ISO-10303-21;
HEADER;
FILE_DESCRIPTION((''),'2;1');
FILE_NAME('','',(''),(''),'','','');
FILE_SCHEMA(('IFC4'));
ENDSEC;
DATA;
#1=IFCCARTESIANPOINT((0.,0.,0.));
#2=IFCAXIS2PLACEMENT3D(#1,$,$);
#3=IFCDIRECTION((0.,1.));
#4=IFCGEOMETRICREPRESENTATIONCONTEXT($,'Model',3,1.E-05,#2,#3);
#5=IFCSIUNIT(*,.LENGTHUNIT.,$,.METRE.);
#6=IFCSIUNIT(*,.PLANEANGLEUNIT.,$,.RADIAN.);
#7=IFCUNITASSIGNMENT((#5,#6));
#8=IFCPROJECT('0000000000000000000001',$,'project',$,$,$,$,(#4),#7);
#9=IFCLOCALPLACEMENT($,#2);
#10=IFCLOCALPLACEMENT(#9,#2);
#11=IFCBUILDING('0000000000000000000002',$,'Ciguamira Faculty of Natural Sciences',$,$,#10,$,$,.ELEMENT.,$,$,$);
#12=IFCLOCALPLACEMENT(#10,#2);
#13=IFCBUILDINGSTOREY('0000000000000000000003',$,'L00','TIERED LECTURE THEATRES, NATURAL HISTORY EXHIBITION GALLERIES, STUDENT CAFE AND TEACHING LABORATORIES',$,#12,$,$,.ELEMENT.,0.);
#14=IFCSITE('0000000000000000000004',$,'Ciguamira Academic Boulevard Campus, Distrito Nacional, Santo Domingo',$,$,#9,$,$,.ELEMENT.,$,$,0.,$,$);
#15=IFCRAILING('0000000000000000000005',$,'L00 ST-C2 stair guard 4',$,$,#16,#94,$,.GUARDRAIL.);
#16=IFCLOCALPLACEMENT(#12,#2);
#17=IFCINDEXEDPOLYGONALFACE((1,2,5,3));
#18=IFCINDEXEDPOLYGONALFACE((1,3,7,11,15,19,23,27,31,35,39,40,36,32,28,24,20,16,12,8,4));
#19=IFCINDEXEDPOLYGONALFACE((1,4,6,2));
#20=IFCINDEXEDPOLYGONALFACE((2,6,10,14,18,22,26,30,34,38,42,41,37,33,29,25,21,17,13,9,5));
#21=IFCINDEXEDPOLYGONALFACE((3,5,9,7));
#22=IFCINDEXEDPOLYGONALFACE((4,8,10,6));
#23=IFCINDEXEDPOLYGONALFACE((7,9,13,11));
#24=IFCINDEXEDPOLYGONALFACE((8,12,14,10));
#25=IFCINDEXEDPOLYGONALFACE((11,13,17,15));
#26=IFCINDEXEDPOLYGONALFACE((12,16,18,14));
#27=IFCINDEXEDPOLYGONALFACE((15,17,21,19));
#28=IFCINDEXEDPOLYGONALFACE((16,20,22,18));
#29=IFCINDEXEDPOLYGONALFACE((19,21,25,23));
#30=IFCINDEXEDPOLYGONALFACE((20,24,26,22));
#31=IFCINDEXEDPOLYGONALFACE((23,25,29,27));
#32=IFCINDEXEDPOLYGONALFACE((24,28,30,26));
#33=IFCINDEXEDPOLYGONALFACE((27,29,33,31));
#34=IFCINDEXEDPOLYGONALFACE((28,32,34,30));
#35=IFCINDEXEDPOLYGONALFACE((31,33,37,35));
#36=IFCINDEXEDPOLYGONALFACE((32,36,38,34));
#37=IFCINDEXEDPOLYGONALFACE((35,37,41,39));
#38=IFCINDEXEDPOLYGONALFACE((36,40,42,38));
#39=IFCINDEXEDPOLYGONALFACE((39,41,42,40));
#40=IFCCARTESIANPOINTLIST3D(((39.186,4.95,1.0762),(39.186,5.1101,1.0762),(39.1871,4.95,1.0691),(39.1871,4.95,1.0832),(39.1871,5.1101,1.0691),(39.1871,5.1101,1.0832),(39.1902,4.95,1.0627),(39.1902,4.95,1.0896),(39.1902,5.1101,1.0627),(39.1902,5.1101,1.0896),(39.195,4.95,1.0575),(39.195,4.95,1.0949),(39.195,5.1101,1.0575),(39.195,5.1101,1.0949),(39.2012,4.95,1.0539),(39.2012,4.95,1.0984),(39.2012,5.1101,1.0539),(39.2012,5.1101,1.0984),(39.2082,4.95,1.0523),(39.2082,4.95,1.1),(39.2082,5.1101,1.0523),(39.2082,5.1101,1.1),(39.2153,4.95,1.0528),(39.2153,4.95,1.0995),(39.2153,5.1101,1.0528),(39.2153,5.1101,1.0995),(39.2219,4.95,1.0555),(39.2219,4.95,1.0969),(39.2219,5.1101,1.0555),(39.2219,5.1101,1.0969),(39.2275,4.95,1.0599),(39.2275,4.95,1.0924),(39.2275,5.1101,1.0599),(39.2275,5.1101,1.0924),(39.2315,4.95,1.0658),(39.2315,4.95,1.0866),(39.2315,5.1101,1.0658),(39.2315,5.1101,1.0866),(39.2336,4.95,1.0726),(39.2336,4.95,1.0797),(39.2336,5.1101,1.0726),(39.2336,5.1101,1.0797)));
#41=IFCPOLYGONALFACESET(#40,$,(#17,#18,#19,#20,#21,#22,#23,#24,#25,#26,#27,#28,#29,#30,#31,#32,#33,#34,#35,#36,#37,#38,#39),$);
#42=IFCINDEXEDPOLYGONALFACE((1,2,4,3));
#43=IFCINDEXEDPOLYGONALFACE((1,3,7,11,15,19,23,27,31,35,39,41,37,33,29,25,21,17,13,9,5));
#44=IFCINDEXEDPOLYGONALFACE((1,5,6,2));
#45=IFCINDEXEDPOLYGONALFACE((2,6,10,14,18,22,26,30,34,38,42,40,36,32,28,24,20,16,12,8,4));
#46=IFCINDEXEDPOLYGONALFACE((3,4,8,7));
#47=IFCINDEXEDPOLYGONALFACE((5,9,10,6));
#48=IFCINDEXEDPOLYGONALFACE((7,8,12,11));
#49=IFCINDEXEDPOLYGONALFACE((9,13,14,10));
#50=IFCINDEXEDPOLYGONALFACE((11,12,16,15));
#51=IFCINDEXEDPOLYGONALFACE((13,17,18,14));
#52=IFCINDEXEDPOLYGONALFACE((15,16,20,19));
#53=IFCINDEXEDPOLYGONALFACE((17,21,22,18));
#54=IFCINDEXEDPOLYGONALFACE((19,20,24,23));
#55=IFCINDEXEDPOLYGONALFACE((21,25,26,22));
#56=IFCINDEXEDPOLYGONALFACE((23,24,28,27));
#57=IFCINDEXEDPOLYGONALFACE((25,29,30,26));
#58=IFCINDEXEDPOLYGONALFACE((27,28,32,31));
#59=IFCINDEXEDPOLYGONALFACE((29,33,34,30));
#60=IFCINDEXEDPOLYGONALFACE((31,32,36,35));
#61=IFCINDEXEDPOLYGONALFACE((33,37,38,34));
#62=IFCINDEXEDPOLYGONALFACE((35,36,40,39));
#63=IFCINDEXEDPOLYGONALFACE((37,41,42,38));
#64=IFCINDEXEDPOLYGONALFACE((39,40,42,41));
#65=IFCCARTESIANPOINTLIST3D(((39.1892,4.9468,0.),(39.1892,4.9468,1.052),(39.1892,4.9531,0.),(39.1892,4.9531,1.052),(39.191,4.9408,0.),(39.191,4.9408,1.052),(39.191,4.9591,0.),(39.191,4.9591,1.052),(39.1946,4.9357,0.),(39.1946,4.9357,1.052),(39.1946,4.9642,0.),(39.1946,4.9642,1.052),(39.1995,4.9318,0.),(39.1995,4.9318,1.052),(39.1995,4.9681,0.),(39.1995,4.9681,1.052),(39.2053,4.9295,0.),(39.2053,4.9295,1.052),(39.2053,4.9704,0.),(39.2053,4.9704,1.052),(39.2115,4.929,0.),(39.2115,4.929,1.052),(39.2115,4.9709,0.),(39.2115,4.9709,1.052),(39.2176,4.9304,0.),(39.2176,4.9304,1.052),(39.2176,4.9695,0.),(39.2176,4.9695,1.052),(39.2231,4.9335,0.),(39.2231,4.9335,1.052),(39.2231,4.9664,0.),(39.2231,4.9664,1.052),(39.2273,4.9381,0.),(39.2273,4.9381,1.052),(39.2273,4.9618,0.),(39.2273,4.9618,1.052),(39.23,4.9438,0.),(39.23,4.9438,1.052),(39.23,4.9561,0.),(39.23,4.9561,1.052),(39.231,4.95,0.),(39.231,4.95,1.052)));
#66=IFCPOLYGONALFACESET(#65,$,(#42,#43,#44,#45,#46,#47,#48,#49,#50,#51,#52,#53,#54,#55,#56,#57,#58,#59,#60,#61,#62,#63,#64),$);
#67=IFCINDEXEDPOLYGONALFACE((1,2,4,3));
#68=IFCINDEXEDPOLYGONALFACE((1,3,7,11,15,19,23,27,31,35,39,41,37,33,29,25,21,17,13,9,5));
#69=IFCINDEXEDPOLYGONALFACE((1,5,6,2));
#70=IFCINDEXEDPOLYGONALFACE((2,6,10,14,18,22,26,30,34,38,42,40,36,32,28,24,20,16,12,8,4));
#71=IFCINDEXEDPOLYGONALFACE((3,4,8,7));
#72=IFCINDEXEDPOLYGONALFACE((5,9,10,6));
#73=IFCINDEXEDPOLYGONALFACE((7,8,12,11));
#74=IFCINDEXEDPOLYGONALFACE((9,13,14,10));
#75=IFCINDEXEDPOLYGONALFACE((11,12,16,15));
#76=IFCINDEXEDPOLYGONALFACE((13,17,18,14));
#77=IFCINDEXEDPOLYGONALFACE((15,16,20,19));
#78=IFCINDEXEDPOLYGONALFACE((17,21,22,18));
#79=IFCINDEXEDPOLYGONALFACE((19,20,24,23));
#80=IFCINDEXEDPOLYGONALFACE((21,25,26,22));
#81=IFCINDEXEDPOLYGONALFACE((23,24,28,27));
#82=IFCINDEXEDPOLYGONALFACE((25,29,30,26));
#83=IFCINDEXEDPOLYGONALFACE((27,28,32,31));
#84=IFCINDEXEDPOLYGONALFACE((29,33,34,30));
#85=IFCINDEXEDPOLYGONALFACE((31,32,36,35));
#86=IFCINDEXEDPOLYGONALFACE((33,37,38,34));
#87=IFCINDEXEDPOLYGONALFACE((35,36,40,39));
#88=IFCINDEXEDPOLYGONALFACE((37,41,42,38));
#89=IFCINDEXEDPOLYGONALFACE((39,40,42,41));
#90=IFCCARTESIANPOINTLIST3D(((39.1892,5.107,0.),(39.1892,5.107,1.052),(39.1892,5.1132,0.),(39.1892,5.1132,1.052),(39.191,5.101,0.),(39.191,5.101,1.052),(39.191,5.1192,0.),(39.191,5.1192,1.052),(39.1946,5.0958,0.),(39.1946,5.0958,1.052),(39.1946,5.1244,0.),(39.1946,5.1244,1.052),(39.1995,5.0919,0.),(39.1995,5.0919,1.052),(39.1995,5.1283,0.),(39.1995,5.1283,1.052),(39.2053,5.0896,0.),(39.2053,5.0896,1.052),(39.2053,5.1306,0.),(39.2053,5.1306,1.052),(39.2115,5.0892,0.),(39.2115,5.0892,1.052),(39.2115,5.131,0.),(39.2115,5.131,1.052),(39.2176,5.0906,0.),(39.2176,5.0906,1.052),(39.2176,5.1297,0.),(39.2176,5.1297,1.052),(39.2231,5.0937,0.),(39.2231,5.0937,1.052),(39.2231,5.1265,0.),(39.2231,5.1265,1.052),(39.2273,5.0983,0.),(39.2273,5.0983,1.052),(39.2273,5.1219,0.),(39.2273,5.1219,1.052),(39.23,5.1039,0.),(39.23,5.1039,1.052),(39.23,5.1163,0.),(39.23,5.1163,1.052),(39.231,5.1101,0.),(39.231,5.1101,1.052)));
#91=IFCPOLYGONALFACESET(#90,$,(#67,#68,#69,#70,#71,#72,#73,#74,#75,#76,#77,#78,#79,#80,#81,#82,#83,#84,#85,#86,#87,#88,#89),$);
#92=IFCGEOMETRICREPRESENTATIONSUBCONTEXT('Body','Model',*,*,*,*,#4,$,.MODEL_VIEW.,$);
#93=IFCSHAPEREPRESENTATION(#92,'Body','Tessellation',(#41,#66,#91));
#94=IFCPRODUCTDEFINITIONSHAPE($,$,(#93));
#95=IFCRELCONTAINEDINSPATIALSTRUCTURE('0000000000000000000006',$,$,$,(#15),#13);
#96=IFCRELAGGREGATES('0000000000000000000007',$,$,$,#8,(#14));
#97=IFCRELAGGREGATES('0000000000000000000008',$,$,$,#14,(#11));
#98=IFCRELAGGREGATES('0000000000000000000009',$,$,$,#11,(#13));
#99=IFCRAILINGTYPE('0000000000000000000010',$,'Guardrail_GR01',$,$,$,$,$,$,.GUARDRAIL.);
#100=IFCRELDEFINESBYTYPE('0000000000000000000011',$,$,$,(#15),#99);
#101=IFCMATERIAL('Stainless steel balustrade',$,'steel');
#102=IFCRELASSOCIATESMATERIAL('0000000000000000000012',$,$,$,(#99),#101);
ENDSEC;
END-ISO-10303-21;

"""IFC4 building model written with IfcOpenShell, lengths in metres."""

from ifc_helpers import new_model, si_unit, direction, frame, origin, origin_2d, place, context, subcontext, project, spatial, circle, extrude, material, type_object, element, save


model = new_model("IFC4")

# Units and contexts
model_context = context("Model", 3, precision=1e-05, world=origin(), true_north=direction((0.0, 1.0)))
body_context = subcontext(model_context, "Body", "Model", "MODEL_VIEW")
ifc_project = project(units=[si_unit("LENGTHUNIT", "METRE"), si_unit("PLANEANGLEUNIT", "RADIAN")], contexts=[model_context])

# Site, building, storey
site_placement = place(None, origin())
site = spatial("IfcSite", under=ifc_project, at=site_placement, Name="Ciguamira Academic Boulevard Campus, Distrito Nacional, Santo Domingo", CompositionType="ELEMENT", RefElevation=0.0)
building_placement = place(site_placement, origin())
building = spatial("IfcBuilding", under=site, at=building_placement, Name="Ciguamira Faculty of Natural Sciences", CompositionType="ELEMENT")
storey_placement = place(building_placement, origin())
storey = spatial("IfcBuildingStorey", under=building, at=storey_placement, Name="L00", Description="TIERED LECTURE THEATRES, NATURAL HISTORY EXHIBITION GALLERIES, STUDENT CAFE AND TEACHING LABORATORIES", CompositionType="ELEMENT", Elevation=0.0)

# Railing
ifc_material_1 = material(Name="Stainless steel balustrade", Category="steel")
railing_type_1 = type_object("IfcRailingType", Name="Guardrail_GR01", PredefinedType="GUARDRAIL", material=ifc_material_1)
railing_1_placement = place(storey_placement, frame((39.21, 4.95, 0.0)))
element("IfcRailing", 1, at=railing_1_placement, inside=storey, type_object=railing_type_1, Name="L00 ST-C2 stair guard 4", PredefinedType="GUARDRAIL", context=body_context, shape_type="SweptSolid", body=[
    extrude(circle(Radius=0.0239, at=origin_2d()), frame((0.0, 0.0, 1.0762), z_axis=(0.0, 1.0, 0.0), x_axis=(-1.0, 0.0, 0.0)), (0.0, 0.0, 1.0), 0.1602),
    extrude(circle(Radius=0.021, at=origin_2d()), origin(), (0.0, 0.0, 1.0), 1.052),
    extrude(circle(Radius=0.021, at=origin_2d()), frame((0.0, 0.1602, 0.0)), (0.0, 0.0, 1.0), 1.052),
])

save(model, "model.ifc")
